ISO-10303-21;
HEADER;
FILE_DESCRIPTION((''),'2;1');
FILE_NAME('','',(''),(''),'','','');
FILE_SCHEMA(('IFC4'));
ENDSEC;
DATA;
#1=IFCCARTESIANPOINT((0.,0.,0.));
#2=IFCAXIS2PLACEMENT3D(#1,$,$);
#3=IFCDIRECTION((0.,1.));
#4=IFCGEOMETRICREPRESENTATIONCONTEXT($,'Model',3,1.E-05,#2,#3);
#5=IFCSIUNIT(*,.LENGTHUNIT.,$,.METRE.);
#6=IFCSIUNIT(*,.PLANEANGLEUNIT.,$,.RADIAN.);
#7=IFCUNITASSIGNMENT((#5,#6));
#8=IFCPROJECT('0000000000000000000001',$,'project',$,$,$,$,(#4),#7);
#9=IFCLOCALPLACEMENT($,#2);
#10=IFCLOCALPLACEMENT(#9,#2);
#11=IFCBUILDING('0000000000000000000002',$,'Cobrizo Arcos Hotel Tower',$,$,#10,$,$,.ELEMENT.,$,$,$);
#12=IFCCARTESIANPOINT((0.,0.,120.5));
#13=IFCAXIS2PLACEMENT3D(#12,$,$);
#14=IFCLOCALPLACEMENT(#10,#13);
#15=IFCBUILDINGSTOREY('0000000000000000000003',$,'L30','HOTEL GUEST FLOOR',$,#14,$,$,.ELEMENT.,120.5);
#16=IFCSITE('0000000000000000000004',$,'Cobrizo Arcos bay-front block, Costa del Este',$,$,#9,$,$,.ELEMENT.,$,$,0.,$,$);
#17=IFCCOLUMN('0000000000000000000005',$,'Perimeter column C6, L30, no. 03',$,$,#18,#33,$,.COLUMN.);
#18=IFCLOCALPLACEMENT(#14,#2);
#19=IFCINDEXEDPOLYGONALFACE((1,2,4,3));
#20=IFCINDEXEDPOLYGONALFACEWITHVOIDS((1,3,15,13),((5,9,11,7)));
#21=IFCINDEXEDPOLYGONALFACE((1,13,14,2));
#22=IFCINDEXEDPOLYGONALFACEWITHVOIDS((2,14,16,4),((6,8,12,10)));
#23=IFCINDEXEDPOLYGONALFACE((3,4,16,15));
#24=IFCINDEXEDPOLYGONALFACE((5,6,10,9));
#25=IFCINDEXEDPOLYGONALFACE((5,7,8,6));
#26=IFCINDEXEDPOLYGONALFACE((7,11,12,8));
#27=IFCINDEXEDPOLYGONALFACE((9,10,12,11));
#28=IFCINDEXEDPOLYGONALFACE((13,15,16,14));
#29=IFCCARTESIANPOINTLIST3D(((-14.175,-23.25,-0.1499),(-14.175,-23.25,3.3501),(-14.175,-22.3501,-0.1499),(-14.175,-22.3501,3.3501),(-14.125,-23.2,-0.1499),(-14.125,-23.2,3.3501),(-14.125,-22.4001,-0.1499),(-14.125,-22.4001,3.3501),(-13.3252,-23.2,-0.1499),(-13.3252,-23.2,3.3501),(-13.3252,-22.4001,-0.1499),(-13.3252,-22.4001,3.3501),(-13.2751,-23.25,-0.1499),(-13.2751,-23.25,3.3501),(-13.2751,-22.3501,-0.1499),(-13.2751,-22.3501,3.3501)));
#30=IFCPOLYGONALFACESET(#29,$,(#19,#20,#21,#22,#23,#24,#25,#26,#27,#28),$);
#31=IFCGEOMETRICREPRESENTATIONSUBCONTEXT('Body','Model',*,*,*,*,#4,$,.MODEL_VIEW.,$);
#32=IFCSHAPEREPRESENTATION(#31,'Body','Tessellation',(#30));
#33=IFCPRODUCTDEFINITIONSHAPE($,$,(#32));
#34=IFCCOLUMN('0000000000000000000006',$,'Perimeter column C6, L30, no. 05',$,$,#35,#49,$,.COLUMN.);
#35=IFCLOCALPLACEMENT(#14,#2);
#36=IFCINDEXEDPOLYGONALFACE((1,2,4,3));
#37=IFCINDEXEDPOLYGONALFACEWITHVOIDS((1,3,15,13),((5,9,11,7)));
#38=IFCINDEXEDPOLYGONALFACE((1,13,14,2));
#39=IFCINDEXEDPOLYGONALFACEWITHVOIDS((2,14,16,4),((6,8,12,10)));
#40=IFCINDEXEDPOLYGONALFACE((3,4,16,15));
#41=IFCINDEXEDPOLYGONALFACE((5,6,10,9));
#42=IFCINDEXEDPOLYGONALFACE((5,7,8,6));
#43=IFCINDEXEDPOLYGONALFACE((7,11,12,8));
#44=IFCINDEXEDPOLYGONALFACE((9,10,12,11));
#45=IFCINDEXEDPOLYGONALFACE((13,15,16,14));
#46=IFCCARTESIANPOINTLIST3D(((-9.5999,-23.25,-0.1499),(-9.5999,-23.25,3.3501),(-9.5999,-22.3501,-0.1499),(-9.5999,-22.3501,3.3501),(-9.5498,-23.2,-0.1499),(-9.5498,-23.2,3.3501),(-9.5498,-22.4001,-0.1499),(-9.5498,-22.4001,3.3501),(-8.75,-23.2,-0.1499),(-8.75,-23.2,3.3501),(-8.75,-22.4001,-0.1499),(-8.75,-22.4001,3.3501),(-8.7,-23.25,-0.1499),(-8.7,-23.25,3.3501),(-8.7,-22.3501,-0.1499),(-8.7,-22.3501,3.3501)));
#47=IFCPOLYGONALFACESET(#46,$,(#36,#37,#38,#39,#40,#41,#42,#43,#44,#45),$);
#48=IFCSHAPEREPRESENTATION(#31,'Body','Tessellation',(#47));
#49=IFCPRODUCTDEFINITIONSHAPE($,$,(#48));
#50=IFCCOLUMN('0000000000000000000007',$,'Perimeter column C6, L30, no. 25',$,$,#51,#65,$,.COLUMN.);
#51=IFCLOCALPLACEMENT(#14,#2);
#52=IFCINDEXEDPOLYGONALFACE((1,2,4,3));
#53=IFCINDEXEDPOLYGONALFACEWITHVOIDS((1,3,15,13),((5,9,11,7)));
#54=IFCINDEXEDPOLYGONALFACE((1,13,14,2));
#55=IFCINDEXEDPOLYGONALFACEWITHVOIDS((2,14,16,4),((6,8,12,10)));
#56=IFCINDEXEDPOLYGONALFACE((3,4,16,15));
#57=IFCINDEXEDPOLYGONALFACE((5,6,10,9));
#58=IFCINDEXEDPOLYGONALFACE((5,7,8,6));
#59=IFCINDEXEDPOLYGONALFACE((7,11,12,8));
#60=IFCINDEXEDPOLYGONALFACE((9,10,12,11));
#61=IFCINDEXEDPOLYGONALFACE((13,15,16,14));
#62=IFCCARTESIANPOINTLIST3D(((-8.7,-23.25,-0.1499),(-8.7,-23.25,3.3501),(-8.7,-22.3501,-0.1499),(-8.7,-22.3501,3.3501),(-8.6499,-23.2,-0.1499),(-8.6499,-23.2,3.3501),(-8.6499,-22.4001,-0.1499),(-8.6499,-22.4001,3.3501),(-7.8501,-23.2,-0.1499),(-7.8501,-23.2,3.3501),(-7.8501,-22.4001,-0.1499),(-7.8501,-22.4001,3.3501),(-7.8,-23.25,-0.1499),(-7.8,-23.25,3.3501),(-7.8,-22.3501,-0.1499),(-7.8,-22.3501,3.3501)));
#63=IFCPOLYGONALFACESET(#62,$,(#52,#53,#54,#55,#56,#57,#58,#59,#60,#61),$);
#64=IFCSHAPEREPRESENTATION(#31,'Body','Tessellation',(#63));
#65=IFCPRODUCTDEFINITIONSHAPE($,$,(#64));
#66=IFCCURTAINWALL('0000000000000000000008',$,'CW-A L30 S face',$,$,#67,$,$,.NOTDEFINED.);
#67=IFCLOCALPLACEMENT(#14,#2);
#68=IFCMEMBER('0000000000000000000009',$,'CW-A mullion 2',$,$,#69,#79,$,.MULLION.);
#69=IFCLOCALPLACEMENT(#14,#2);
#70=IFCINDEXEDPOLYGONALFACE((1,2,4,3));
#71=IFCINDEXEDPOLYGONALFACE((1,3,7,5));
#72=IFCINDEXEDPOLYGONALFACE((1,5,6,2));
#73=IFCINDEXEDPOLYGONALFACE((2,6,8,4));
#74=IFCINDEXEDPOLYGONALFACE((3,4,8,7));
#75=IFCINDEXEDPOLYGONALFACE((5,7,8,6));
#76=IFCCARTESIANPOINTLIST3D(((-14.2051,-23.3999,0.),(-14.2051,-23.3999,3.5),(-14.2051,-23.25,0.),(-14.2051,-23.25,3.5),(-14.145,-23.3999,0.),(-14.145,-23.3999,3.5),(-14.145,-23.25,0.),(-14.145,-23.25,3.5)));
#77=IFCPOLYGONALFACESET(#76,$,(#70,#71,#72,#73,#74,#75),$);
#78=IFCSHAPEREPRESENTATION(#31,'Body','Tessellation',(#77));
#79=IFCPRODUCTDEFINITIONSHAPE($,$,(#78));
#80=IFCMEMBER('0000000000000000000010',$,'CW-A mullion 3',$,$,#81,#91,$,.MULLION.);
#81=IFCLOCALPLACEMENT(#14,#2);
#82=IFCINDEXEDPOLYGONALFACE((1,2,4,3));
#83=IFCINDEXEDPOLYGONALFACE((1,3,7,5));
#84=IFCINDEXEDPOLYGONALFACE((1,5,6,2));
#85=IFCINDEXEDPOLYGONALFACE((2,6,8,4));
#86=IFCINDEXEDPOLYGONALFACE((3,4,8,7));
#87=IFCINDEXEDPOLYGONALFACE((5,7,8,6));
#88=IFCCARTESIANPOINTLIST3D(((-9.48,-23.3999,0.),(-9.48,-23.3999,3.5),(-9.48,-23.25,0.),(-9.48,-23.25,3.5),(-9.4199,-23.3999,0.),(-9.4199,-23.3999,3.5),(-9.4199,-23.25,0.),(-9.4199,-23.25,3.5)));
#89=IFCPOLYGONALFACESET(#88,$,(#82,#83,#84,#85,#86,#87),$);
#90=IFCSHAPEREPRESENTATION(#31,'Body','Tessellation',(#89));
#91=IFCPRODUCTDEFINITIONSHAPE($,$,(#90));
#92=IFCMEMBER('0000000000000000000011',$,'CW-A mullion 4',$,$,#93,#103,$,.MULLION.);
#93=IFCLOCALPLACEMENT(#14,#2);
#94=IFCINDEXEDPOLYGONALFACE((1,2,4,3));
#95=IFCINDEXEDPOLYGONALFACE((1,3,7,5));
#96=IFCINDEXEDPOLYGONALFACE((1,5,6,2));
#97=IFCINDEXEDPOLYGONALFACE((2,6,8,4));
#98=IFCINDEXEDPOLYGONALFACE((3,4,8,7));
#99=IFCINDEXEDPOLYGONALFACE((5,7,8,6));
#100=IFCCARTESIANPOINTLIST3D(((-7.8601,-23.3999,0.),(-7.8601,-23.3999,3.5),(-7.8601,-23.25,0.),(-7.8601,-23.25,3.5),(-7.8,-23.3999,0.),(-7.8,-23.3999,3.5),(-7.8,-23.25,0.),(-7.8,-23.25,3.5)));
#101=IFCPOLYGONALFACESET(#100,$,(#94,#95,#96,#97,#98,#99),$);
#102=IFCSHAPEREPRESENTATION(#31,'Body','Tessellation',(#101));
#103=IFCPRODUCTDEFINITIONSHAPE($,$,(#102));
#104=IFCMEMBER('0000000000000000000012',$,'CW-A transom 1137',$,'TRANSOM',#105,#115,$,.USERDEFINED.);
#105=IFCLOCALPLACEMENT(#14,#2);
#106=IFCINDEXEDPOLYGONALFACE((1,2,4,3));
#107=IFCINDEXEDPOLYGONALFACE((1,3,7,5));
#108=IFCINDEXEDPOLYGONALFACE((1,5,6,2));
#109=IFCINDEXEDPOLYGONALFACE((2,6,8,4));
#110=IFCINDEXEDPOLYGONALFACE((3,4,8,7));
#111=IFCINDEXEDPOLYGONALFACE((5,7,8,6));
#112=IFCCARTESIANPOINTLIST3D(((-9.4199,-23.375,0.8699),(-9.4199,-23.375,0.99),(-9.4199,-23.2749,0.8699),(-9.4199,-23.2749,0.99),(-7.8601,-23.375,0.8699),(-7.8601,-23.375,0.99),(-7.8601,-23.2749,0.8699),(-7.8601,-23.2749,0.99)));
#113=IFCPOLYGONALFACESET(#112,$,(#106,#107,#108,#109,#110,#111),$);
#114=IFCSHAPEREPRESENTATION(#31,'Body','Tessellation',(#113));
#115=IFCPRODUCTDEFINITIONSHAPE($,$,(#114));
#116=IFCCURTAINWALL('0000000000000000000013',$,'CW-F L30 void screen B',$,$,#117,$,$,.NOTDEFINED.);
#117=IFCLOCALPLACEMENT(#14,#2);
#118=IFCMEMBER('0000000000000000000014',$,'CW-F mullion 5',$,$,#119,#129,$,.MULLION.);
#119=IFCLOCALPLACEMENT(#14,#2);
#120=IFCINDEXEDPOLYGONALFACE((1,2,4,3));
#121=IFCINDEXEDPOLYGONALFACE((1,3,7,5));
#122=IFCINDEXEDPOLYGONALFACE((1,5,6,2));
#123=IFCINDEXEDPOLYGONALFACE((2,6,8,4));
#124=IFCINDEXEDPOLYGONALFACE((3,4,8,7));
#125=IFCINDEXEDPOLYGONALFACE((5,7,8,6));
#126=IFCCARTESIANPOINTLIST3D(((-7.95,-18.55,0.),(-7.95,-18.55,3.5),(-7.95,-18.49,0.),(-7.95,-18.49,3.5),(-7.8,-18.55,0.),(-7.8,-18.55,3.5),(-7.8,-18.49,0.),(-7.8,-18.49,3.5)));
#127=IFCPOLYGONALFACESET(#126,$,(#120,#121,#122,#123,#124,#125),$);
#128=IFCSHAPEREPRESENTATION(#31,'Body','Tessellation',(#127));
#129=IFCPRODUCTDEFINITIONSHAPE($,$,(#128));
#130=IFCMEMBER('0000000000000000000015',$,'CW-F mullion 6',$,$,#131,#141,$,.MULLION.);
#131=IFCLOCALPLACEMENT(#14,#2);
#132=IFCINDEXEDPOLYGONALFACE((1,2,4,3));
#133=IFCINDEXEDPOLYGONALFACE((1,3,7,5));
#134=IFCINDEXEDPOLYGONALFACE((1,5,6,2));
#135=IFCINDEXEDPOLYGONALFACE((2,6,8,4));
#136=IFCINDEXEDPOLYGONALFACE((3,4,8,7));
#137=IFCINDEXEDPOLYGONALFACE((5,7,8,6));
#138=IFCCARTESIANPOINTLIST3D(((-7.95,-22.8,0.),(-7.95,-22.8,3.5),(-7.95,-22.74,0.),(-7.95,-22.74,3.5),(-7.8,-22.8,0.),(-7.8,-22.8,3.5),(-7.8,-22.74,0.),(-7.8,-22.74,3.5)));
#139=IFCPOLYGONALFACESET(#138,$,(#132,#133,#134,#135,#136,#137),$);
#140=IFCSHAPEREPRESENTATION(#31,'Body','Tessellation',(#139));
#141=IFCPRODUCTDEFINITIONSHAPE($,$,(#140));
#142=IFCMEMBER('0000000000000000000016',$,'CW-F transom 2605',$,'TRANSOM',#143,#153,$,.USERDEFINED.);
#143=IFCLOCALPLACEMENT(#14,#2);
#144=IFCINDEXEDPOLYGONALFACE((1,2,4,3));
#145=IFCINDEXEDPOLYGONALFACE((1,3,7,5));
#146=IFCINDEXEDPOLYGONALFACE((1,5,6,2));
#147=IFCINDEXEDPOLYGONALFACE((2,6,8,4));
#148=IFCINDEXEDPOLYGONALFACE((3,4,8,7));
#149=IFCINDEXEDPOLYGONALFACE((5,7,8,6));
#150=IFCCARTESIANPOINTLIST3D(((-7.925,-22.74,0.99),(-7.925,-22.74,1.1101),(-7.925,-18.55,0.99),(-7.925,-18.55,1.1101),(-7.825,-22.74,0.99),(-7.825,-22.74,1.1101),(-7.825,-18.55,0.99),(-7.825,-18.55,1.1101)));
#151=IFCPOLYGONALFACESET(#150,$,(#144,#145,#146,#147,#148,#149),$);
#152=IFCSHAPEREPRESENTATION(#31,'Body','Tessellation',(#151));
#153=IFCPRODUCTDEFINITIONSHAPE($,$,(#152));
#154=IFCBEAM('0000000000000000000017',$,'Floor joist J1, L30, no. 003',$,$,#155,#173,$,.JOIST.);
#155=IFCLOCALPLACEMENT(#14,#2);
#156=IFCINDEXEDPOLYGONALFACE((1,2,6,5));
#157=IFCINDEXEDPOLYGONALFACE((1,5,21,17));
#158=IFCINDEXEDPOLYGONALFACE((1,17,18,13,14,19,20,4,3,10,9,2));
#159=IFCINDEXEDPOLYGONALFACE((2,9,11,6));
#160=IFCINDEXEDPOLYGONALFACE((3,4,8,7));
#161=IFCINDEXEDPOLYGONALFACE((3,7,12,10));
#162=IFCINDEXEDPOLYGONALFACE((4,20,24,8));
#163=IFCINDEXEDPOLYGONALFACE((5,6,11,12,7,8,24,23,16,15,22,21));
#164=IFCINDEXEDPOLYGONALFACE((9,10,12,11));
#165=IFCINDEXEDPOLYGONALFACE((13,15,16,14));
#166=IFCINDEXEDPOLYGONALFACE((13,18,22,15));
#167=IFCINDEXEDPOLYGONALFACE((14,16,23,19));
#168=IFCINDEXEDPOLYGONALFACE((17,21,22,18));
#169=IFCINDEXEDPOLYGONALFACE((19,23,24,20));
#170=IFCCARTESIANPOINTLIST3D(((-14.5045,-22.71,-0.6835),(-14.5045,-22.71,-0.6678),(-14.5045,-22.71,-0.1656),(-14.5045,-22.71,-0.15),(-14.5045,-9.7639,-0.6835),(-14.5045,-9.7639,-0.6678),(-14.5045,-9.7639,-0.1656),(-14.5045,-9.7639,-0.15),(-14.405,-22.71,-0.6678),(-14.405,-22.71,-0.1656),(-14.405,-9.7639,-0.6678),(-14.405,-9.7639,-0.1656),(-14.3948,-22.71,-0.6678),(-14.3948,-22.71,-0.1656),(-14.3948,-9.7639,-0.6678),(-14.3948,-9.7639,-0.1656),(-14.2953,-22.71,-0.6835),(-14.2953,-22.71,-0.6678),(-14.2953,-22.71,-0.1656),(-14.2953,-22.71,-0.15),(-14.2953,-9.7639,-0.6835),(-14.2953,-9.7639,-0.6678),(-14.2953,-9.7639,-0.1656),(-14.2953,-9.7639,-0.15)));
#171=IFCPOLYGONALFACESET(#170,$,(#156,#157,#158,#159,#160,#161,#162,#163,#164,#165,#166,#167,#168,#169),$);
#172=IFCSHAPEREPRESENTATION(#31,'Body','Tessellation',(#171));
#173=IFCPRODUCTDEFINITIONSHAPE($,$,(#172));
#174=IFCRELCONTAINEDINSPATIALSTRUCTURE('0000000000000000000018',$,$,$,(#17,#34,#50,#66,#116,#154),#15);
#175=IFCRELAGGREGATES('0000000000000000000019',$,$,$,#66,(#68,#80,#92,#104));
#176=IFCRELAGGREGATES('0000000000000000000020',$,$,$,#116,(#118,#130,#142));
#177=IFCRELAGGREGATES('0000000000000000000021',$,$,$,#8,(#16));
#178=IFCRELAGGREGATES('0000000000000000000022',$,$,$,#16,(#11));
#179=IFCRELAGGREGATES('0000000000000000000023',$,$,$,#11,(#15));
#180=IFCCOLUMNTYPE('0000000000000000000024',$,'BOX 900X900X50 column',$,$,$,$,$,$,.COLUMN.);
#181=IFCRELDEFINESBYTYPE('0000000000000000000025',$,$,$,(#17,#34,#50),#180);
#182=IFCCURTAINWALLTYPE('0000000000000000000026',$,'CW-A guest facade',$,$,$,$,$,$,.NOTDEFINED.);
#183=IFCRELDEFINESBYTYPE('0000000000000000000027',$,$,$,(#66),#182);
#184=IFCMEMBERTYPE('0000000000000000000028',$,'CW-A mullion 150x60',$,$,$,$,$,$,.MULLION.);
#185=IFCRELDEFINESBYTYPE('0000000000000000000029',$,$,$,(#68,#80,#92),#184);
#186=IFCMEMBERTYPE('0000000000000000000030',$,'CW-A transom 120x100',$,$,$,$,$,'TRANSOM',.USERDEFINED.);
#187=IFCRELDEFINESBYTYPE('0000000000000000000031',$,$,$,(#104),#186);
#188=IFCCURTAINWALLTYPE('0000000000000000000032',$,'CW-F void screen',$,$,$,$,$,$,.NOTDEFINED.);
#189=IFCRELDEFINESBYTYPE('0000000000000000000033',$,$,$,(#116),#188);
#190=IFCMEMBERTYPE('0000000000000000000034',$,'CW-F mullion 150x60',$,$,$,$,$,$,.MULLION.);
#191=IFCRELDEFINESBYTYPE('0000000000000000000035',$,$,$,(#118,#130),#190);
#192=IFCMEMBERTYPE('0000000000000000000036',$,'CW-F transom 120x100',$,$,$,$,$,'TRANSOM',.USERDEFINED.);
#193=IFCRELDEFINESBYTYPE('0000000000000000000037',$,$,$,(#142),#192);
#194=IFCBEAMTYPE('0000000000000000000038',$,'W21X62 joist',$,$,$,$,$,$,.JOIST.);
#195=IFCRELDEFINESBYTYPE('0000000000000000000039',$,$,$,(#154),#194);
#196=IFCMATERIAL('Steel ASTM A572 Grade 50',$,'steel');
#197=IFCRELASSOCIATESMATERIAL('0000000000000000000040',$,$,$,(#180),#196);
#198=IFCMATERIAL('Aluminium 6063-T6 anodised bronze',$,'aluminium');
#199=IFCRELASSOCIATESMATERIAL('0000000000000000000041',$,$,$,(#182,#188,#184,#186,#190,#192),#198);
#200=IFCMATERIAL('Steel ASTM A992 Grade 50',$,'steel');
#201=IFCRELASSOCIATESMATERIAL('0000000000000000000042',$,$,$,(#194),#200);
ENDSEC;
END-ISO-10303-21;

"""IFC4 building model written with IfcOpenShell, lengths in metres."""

from ifc_helpers import new_model, si_unit, direction, frame, origin, origin_2d, place, context, subcontext, project, spatial, rectangle, hollow_rectangle, i_section, extrude, material, material_profile, profile_set, type_object, element, aggregate, save


model = new_model("IFC4")

# Units and contexts
model_context = context("Model", 3, precision=1e-05, world=origin(), true_north=direction((0.0, 1.0)))
body_context = subcontext(model_context, "Body", "Model", "MODEL_VIEW")
ifc_project = project(units=[si_unit("LENGTHUNIT", "METRE"), si_unit("PLANEANGLEUNIT", "RADIAN")], contexts=[model_context])

# Site, building, storey
site_placement = place(None, origin())
site = spatial("IfcSite", under=ifc_project, at=site_placement, Name="Cobrizo Arcos bay-front block, Costa del Este", CompositionType="ELEMENT", RefElevation=0.0)
building_placement = place(site_placement, origin())
building = spatial("IfcBuilding", under=site, at=building_placement, Name="Cobrizo Arcos Hotel Tower", CompositionType="ELEMENT")
storey_placement = place(building_placement, frame((0.0, 0.0, 120.5)))
storey = spatial("IfcBuildingStorey", under=building, at=storey_placement, Name="L30", Description="HOTEL GUEST FLOOR", CompositionType="ELEMENT", Elevation=120.5)

# Columns
ifc_material_1 = material(Name="Steel ASTM A572 Grade 50", Category="steel")
ifc_material_profile_1 = material_profile(ifc_material_1, hollow_rectangle(XDim=0.8999, YDim=0.8999, WallThickness=0.05, at=origin_2d()), Name="BOX 900X900X50")
ifc_profile_set_1 = profile_set([ifc_material_profile_1], Name="Steel ASTM A572 Grade 50")
column_type = type_object("IfcColumnType", Name="BOX 900X900X50 column", PredefinedType="COLUMN", material=ifc_profile_set_1)
for number, where, z_axis, x_axis, name in (
    (1, (-13.7251, -22.8, -0.1499), (0.0, 0.0, 1.0), (1.0, 0.0, 0.0), "Perimeter column C6, L30, no. 03"),
    (2, (-9.1499, -22.8, -0.1499), (0.0, 0.0, 1.0), (1.0, 0.0, 0.0), "Perimeter column C6, L30, no. 05"),
    (3, (-8.25, -22.8, -0.1499), (0.0, 0.0, 1.0), (1.0, 0.0, 0.0), "Perimeter column C6, L30, no. 25"),
):
    element("IfcColumn", number, at=place(storey_placement, frame(where, z_axis=z_axis, x_axis=x_axis)), inside=storey, type_object=column_type, Name=name, PredefinedType="COLUMN", context=body_context, shape_type="SweptSolid", body=[
        extrude(hollow_rectangle(XDim=0.8999, YDim=0.8999, WallThickness=0.05, at=origin_2d()), origin(), (0.0, 0.0, 1.0), 3.5),
    ])

# Curtain walls, members
ifc_material_2 = material(Name="Aluminium 6063-T6 anodised bronze", Category="aluminium")
curtain_wall_type_1 = type_object("IfcCurtainWallType", Name="CW-A guest facade", PredefinedType="NOTDEFINED", material=ifc_material_2)
curtain_wall_1_placement = place(storey_placement, origin())
curtain_wall_1 = element("IfcCurtainWall", 4, at=curtain_wall_1_placement, inside=storey, type_object=curtain_wall_type_1, Name="CW-A L30 S face", PredefinedType="NOTDEFINED")
ifc_material_profile_2 = material_profile(ifc_material_2, rectangle(XDim=0.1499, YDim=0.0601, at=origin_2d()), Name="CW-A mullion 150x60")
ifc_profile_set_2 = profile_set([ifc_material_profile_2], Name="Aluminium 6063-T6 anodised bronze")
member_type_1 = type_object("IfcMemberType", Name="CW-A mullion 150x60", PredefinedType="MULLION", material=ifc_profile_set_2)
member_1_placement = place(storey_placement, frame((-14.175, -23.325, 0.0), z_axis=(0.0, 0.0, 1.0), x_axis=(0.0, -1.0, 0.0)))
member_1 = element("IfcMember", 5, at=member_1_placement, type_object=member_type_1, Name="CW-A mullion 2", PredefinedType="MULLION", context=body_context, shape_type="SweptSolid", body=[
    extrude(rectangle(XDim=0.1499, YDim=0.0601, at=origin_2d()), origin(), (0.0, 0.0, 1.0), 3.5),
])
member_2_placement = place(storey_placement, frame((-9.45, -23.325, 0.0), z_axis=(0.0, 0.0, 1.0), x_axis=(0.0, -1.0, 0.0)))
member_2 = element("IfcMember", 6, at=member_2_placement, type_object=member_type_1, Name="CW-A mullion 3", PredefinedType="MULLION", context=body_context, shape_type="SweptSolid", body=[
    extrude(rectangle(XDim=0.1499, YDim=0.0601, at=origin_2d()), origin(), (0.0, 0.0, 1.0), 3.5),
])
member_3_placement = place(storey_placement, frame((-7.8301, -23.325, 0.0), z_axis=(0.0, 0.0, 1.0), x_axis=(0.0, -1.0, 0.0)))
member_3 = element("IfcMember", 7, at=member_3_placement, type_object=member_type_1, Name="CW-A mullion 4", PredefinedType="MULLION", context=body_context, shape_type="SweptSolid", body=[
    extrude(rectangle(XDim=0.1499, YDim=0.0601, at=origin_2d()), origin(), (0.0, 0.0, 1.0), 3.5),
])
ifc_material_profile_3 = material_profile(ifc_material_2, rectangle(XDim=0.1001, YDim=0.1201, at=origin_2d()), Name="CW-A transom 120x100")
ifc_profile_set_3 = profile_set([ifc_material_profile_3], Name="Aluminium 6063-T6 anodised bronze")
member_type_2 = type_object("IfcMemberType", Name="CW-A transom 120x100", ElementType="TRANSOM", PredefinedType="USERDEFINED", material=ifc_profile_set_3)
member_4_placement = place(storey_placement, frame((-9.4199, -23.325, 0.9299), z_axis=(1.0, 0.0, 0.0), x_axis=(0.0, 1.0, 0.0)))
member_4 = element("IfcMember", 8, at=member_4_placement, type_object=member_type_2, Name="CW-A transom 1137", ObjectType="TRANSOM", PredefinedType="USERDEFINED", context=body_context, shape_type="SweptSolid", body=[
    extrude(rectangle(XDim=0.1001, YDim=0.1201, at=origin_2d()), origin(), (0.0, 0.0, 1.0), 1.5598),
])
curtain_wall_type_2 = type_object("IfcCurtainWallType", Name="CW-F void screen", PredefinedType="NOTDEFINED", material=ifc_material_2)
curtain_wall_2_placement = place(storey_placement, origin())
curtain_wall_2 = element("IfcCurtainWall", 9, at=curtain_wall_2_placement, inside=storey, type_object=curtain_wall_type_2, Name="CW-F L30 void screen B", PredefinedType="NOTDEFINED")
ifc_material_profile_4 = material_profile(ifc_material_2, rectangle(XDim=0.1499, YDim=0.0601, at=origin_2d()), Name="CW-F mullion 150x60")
ifc_profile_set_4 = profile_set([ifc_material_profile_4], Name="Aluminium 6063-T6 anodised bronze")
member_type_3 = type_object("IfcMemberType", Name="CW-F mullion 150x60", PredefinedType="MULLION", material=ifc_profile_set_4)
member_5_placement = place(storey_placement, frame((-7.875, -18.52, 0.0), z_axis=(0.0, 0.0, 1.0), x_axis=(-1.0, 0.0, 0.0)))
member_5 = element("IfcMember", 10, at=member_5_placement, type_object=member_type_3, Name="CW-F mullion 5", PredefinedType="MULLION", context=body_context, shape_type="SweptSolid", body=[
    extrude(rectangle(XDim=0.1499, YDim=0.0601, at=origin_2d()), origin(), (0.0, 0.0, 1.0), 3.5),
])
member_6_placement = place(storey_placement, frame((-7.875, -22.77, 0.0), z_axis=(0.0, 0.0, 1.0), x_axis=(-1.0, 0.0, 0.0)))
member_6 = element("IfcMember", 11, at=member_6_placement, type_object=member_type_3, Name="CW-F mullion 6", PredefinedType="MULLION", context=body_context, shape_type="SweptSolid", body=[
    extrude(rectangle(XDim=0.1499, YDim=0.0601, at=origin_2d()), origin(), (0.0, 0.0, 1.0), 3.5),
])
ifc_material_profile_5 = material_profile(ifc_material_2, rectangle(XDim=0.1001, YDim=0.1201, at=origin_2d()), Name="CW-F transom 120x100")
ifc_profile_set_5 = profile_set([ifc_material_profile_5], Name="Aluminium 6063-T6 anodised bronze")
member_type_4 = type_object("IfcMemberType", Name="CW-F transom 120x100", ElementType="TRANSOM", PredefinedType="USERDEFINED", material=ifc_profile_set_5)
member_7_placement = place(storey_placement, frame((-7.875, -18.55, 1.05), z_axis=(0.0, -1.0, 0.0), x_axis=(1.0, 0.0, 0.0)))
member_7 = element("IfcMember", 12, at=member_7_placement, type_object=member_type_4, Name="CW-F transom 2605", ObjectType="TRANSOM", PredefinedType="USERDEFINED", context=body_context, shape_type="SweptSolid", body=[
    extrude(rectangle(XDim=0.1001, YDim=0.1201, at=origin_2d()), origin(), (0.0, 0.0, 1.0), 4.1899),
])

# Beam
ifc_material_3 = material(Name="Steel ASTM A992 Grade 50", Category="steel")
ifc_material_profile_6 = material_profile(ifc_material_3, i_section(OverallWidth=0.2092, OverallDepth=0.5334, WebThickness=0.0103, FlangeThickness=0.0156, at=origin_2d()), Name="W21X62")
ifc_profile_set_6 = profile_set([ifc_material_profile_6], Name="Steel ASTM A992 Grade 50")
beam_type_1 = type_object("IfcBeamType", Name="W21X62 joist", PredefinedType="JOIST", material=ifc_profile_set_6)
beam_1_placement = place(storey_placement, frame((-14.3999, -22.71, -0.4167), z_axis=(0.0, 1.0, 0.0), x_axis=(-1.0, 0.0, 0.0)))
element("IfcBeam", 13, at=beam_1_placement, inside=storey, type_object=beam_type_1, Name="Floor joist J1, L30, no. 003", PredefinedType="JOIST", context=body_context, shape_type="SweptSolid", body=[
    extrude(i_section(OverallWidth=0.2092, OverallDepth=0.5334, WebThickness=0.0103, FlangeThickness=0.0156, at=origin_2d()), origin(), (0.0, 0.0, 1.0), 12.946),
])

aggregate(curtain_wall_1, [member_1, member_2, member_3, member_4])
aggregate(curtain_wall_2, [member_5, member_6, member_7])

save(model, "model.ifc")
